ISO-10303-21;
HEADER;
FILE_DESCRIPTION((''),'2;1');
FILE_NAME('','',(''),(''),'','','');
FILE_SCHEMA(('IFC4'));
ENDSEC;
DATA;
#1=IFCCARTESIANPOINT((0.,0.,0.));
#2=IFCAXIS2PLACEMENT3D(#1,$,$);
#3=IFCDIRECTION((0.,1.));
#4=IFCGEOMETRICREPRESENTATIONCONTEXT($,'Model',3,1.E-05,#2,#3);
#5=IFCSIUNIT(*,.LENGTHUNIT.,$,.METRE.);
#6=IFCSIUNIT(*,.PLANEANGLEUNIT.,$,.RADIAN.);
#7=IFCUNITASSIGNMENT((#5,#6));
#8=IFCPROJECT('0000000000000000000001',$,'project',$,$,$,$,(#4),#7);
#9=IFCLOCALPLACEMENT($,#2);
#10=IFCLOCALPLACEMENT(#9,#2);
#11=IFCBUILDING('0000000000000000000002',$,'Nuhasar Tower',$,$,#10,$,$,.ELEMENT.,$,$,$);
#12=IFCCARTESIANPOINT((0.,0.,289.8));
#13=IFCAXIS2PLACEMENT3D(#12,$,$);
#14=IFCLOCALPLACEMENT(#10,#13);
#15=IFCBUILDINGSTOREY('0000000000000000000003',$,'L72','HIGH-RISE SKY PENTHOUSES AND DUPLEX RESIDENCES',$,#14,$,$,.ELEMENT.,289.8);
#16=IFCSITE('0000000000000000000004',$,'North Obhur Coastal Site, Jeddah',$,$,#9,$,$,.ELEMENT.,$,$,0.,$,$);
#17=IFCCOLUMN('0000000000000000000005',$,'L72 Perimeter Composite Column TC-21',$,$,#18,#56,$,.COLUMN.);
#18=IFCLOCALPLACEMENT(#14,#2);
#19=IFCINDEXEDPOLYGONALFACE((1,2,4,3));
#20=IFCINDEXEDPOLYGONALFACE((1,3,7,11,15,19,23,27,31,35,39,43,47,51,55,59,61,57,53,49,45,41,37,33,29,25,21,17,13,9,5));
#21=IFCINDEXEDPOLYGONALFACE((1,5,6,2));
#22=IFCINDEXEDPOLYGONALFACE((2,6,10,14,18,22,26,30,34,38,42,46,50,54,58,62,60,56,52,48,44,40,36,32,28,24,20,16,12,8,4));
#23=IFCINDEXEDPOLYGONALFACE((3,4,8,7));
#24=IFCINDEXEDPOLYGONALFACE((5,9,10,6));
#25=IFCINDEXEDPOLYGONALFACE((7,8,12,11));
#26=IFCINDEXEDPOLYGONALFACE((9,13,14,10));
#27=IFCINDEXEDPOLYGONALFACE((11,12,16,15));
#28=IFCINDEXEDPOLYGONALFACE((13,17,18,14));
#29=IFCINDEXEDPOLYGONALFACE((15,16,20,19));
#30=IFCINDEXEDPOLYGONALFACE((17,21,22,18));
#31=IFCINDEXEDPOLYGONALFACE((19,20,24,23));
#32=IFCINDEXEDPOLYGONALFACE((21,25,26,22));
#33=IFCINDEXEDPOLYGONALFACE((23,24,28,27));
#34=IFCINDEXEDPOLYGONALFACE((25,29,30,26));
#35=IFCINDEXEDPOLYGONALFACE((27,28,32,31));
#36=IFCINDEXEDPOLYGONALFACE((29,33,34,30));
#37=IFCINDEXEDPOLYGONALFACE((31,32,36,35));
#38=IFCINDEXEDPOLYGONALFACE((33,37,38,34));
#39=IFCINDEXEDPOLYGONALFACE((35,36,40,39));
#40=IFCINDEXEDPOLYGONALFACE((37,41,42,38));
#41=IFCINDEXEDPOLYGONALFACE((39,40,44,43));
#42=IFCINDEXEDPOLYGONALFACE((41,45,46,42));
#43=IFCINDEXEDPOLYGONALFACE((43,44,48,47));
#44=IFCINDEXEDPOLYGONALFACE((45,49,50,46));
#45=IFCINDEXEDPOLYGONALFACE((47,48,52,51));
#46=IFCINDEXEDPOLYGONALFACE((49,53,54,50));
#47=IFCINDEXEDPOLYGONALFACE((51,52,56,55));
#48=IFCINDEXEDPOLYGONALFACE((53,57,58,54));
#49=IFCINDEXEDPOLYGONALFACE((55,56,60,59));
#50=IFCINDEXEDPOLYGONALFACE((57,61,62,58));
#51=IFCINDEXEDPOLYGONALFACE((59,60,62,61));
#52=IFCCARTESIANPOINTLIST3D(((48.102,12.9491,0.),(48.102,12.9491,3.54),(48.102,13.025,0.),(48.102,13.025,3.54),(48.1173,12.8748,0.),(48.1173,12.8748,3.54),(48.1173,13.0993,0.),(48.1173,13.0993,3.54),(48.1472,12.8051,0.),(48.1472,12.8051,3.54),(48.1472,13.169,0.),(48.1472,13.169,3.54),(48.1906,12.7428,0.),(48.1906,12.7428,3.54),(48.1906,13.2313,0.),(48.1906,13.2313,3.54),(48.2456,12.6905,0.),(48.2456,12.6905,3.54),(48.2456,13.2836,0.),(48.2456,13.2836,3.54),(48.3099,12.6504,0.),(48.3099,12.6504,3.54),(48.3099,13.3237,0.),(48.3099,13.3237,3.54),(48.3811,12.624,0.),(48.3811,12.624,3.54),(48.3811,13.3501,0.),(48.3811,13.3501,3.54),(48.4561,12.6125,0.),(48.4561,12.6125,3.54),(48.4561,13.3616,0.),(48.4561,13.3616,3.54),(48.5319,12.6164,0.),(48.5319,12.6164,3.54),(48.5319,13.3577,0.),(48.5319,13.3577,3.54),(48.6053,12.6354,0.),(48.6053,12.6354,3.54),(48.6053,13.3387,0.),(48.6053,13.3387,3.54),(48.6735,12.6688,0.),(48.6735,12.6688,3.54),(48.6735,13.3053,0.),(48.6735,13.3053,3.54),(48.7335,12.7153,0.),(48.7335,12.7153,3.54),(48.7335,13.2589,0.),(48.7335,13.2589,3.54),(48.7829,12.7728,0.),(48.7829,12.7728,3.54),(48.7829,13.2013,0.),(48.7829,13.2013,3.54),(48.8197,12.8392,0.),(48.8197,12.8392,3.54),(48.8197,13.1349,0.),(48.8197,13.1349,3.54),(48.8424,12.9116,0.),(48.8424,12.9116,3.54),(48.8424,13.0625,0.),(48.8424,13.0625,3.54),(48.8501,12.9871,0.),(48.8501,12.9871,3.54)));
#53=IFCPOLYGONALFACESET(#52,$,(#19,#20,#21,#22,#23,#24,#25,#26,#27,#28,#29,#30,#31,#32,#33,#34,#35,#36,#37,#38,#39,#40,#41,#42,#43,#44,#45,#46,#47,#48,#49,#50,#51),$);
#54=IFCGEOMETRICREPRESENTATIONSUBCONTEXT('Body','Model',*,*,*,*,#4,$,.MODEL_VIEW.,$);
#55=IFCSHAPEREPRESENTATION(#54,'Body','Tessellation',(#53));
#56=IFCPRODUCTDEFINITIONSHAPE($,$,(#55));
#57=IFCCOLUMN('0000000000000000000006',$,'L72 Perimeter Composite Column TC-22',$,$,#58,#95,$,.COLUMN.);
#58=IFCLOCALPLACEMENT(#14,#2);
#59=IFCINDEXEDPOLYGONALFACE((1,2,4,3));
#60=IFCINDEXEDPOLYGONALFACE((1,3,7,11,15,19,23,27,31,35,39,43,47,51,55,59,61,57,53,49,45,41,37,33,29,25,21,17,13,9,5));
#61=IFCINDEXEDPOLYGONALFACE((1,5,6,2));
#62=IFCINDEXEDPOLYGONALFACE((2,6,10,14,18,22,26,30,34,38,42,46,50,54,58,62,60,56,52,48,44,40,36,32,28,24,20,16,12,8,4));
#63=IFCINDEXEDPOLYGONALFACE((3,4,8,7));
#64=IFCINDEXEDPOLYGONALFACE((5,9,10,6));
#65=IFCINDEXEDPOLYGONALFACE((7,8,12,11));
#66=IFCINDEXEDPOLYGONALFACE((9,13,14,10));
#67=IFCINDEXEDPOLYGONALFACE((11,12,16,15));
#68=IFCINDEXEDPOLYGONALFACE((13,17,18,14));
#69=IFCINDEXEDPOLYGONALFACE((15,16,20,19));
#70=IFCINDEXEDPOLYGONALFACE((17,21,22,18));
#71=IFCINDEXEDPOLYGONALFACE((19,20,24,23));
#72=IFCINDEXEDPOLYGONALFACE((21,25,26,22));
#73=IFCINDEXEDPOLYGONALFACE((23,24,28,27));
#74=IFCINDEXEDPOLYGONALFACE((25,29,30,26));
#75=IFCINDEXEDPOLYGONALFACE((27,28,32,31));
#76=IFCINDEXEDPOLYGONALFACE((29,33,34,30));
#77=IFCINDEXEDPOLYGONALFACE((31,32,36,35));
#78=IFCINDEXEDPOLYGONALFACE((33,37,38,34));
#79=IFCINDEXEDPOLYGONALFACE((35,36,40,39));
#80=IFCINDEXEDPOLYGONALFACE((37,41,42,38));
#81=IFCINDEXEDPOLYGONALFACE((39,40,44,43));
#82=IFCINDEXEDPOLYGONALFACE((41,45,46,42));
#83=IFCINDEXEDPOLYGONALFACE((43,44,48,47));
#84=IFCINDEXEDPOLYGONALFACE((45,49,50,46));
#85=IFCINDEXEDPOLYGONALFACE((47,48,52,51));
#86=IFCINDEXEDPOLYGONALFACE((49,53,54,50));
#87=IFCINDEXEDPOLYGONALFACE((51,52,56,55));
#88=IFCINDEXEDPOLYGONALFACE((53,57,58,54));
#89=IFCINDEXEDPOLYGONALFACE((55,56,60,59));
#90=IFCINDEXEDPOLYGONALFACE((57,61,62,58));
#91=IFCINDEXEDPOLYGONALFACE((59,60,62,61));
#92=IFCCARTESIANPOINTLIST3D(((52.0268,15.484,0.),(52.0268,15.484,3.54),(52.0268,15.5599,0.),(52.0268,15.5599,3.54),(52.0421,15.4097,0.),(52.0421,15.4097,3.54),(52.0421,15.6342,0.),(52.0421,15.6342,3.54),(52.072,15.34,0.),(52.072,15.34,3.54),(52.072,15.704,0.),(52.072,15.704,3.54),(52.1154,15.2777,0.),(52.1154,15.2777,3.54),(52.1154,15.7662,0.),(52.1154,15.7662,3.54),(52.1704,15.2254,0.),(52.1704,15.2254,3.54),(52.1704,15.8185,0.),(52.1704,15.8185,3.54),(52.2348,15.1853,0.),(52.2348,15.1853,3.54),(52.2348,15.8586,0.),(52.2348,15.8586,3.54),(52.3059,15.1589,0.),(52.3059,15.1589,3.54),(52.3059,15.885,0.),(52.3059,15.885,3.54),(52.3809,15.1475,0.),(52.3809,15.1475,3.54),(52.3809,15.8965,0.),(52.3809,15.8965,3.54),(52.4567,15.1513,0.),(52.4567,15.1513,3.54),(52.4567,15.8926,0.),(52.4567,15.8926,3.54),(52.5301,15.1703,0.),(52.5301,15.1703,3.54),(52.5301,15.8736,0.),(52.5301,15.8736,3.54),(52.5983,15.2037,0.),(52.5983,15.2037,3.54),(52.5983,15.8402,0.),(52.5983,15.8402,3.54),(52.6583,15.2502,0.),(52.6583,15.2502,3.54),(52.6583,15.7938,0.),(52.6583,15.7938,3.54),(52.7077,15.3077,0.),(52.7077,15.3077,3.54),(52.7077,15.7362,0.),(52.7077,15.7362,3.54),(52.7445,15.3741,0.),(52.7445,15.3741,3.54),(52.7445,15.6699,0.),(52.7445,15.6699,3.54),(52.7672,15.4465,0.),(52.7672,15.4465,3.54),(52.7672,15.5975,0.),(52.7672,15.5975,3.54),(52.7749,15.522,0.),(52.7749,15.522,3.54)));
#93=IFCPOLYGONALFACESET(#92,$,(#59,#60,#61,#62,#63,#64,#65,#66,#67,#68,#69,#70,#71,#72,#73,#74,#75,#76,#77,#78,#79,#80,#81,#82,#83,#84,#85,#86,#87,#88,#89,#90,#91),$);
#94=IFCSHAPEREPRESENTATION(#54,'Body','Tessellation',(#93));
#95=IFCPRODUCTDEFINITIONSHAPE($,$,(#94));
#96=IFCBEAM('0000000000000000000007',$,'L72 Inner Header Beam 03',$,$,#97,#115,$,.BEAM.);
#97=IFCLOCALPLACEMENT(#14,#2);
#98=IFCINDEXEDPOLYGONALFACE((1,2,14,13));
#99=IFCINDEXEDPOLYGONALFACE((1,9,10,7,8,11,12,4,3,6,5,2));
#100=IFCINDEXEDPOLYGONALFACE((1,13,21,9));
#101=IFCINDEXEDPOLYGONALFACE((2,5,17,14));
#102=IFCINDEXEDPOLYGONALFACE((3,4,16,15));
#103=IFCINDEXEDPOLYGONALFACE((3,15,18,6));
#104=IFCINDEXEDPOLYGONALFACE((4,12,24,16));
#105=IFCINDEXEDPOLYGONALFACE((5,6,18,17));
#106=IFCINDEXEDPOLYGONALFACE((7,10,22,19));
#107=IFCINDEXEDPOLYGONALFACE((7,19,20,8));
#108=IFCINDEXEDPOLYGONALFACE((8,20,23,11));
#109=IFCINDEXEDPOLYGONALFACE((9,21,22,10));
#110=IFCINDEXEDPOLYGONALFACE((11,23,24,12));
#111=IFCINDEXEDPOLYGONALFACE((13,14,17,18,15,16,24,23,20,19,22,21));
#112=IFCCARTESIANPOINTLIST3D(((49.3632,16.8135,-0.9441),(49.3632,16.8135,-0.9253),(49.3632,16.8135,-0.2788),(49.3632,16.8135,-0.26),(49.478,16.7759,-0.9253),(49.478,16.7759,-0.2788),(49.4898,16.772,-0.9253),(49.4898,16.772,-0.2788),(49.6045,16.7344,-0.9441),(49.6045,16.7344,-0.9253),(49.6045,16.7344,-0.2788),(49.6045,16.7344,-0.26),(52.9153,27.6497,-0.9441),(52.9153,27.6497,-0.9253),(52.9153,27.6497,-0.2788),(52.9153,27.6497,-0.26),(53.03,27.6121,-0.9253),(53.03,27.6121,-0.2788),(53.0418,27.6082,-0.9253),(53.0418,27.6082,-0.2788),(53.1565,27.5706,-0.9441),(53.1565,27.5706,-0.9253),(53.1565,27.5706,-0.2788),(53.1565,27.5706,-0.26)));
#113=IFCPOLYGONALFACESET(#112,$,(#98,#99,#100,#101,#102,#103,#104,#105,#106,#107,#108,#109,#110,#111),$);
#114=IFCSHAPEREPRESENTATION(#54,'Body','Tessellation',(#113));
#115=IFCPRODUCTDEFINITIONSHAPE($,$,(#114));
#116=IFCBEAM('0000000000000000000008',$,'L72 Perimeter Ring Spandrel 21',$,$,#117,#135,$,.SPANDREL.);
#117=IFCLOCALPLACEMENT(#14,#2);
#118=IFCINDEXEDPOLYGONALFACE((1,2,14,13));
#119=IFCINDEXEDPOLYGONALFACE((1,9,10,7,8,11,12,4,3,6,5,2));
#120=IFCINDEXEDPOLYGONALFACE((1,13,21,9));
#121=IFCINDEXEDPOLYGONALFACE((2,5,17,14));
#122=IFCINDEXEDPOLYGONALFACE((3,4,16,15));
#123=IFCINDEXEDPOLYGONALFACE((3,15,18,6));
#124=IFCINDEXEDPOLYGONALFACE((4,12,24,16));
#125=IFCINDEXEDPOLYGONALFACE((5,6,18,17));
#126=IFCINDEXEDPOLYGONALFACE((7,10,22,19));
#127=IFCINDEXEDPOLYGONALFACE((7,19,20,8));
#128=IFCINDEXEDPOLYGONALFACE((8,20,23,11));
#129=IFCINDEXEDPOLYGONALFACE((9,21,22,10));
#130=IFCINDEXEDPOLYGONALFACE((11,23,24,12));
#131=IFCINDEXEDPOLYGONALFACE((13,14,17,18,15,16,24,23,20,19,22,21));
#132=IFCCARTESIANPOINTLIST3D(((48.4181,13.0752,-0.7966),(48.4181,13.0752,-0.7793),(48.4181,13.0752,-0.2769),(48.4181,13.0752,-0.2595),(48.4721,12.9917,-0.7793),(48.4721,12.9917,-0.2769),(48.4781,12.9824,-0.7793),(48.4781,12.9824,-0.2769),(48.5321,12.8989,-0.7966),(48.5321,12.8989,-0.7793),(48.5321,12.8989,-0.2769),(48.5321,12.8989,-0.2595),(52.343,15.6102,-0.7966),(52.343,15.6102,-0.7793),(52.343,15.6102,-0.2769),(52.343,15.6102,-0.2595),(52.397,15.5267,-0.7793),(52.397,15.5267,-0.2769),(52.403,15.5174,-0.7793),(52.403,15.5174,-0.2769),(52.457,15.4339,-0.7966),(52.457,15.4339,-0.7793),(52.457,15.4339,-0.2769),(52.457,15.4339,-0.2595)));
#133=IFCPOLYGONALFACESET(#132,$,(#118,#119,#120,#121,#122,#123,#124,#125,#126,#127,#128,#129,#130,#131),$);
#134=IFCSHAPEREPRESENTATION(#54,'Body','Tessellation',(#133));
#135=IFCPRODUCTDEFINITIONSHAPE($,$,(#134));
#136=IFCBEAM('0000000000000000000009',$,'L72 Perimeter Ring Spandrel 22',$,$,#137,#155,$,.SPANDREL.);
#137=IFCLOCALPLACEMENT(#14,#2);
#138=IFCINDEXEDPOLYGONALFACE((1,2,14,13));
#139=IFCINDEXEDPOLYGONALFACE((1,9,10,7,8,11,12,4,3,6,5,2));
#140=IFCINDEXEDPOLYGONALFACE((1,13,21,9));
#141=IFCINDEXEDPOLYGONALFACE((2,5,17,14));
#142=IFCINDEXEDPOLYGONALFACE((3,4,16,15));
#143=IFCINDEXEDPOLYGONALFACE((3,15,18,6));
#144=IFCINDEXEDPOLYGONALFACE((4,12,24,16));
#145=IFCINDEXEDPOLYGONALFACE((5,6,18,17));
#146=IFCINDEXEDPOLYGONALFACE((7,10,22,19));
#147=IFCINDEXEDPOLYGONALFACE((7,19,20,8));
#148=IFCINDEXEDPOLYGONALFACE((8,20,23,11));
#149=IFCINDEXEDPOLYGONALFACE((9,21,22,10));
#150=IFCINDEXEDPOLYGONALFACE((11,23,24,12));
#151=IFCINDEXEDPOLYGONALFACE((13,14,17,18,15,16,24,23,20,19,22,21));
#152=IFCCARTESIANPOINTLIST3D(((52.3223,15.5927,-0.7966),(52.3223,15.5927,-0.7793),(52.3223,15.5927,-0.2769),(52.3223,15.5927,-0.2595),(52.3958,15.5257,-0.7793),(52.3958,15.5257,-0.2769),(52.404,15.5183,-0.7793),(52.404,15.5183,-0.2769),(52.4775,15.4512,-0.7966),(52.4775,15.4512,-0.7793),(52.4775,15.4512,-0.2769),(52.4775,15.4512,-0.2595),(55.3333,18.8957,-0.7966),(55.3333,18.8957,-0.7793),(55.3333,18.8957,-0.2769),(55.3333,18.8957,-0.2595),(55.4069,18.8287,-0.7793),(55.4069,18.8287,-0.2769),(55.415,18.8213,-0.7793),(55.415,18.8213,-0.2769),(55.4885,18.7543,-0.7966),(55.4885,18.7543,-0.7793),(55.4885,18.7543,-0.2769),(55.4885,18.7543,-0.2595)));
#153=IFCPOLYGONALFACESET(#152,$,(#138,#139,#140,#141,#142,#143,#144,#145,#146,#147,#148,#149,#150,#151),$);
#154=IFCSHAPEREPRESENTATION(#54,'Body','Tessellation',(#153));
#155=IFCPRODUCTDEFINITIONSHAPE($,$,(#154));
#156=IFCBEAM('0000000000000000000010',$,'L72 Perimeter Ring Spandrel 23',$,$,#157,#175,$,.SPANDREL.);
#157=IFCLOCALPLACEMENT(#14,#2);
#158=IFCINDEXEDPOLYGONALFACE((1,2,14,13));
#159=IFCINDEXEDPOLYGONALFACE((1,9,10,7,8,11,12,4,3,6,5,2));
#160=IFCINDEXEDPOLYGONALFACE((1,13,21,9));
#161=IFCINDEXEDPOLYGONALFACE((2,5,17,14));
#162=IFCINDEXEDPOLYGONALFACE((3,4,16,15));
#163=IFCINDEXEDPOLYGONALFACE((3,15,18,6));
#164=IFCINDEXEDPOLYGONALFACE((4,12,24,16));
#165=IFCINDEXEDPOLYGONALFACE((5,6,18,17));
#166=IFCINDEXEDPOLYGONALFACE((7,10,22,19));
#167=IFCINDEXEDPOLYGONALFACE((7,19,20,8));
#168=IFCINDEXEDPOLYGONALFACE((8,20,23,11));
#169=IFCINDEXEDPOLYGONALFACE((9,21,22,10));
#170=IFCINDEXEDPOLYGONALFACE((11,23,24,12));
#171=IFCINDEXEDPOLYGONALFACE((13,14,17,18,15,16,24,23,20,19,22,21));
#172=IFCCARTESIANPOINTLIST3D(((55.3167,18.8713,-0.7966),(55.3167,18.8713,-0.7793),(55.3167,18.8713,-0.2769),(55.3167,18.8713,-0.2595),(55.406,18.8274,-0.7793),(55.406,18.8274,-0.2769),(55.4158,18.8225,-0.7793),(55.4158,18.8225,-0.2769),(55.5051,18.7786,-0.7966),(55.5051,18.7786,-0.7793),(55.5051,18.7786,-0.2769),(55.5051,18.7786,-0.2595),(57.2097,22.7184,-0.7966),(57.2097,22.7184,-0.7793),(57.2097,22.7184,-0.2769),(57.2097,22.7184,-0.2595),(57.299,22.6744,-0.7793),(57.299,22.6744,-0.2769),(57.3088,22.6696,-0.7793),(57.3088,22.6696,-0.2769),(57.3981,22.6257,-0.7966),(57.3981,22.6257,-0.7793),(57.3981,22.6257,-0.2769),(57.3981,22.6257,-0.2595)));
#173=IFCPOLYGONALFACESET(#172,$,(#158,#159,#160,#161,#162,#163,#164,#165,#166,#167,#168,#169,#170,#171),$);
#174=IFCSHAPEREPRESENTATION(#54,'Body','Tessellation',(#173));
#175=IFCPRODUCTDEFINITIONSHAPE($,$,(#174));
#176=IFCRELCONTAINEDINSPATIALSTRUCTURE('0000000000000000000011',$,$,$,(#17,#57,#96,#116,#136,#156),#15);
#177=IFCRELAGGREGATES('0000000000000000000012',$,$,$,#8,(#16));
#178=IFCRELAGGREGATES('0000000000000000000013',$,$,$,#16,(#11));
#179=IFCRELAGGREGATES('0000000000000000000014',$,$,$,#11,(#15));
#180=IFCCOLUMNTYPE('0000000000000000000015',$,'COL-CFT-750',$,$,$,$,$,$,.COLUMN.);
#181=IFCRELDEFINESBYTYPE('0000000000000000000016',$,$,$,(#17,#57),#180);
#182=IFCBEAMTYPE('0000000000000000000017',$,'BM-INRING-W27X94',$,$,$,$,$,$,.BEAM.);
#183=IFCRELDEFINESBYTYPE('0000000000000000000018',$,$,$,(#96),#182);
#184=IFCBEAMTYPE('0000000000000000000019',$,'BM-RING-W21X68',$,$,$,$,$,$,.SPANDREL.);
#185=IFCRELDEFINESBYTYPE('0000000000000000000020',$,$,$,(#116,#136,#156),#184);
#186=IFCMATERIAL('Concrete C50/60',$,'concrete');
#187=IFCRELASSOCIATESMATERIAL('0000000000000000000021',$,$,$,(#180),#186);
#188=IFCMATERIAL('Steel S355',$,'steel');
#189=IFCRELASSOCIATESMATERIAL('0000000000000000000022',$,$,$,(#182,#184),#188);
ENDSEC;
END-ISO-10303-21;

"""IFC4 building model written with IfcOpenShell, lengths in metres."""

from ifc_helpers import new_model, si_unit, direction, frame, origin, origin_2d, place, context, subcontext, project, spatial, circle, i_section, extrude, material, material_profile, profile_set, type_object, element, save


model = new_model("IFC4")

# Units and contexts
model_context = context("Model", 3, precision=1e-05, world=origin(), true_north=direction((0.0, 1.0)))
body_context = subcontext(model_context, "Body", "Model", "MODEL_VIEW")
ifc_project = project(units=[si_unit("LENGTHUNIT", "METRE"), si_unit("PLANEANGLEUNIT", "RADIAN")], contexts=[model_context])

# Site, building, storey
site_placement = place(None, origin())
site = spatial("IfcSite", under=ifc_project, at=site_placement, Name="North Obhur Coastal Site, Jeddah", CompositionType="ELEMENT", RefElevation=0.0)
building_placement = place(site_placement, origin())
building = spatial("IfcBuilding", under=site, at=building_placement, Name="Nuhasar Tower", CompositionType="ELEMENT")
storey_placement = place(building_placement, frame((0.0, 0.0, 289.8)))
storey = spatial("IfcBuildingStorey", under=building, at=storey_placement, Name="L72", Description="HIGH-RISE SKY PENTHOUSES AND DUPLEX RESIDENCES", CompositionType="ELEMENT", Elevation=289.8)

# Columns
ifc_material_1 = material(Name="Concrete C50/60", Category="concrete")
ifc_material_profile_1 = material_profile(ifc_material_1, circle(Radius=0.375, at=origin_2d()), Name="CFT750")
ifc_profile_set_1 = profile_set([ifc_material_profile_1], Name="Concrete C50/60")
column_type = type_object("IfcColumnType", Name="COL-CFT-750", PredefinedType="COLUMN", material=ifc_profile_set_1)
for number, where, z_axis, x_axis, name in (
    (1, (48.4751, 12.9871, 0.0), (0.0, 0.0, 1.0), (1.0, 0.0, 0.0), "L72 Perimeter Composite Column TC-21"),
    (2, (52.3999, 15.522, 0.0), (0.0, 0.0, 1.0), (1.0, 0.0, 0.0), "L72 Perimeter Composite Column TC-22"),
):
    element("IfcColumn", number, at=place(storey_placement, frame(where, z_axis=z_axis, x_axis=x_axis)), inside=storey, type_object=column_type, Name=name, PredefinedType="COLUMN", context=body_context, shape_type="SweptSolid", body=[
        extrude(circle(Radius=0.375, at=origin_2d()), origin(), (0.0, 0.0, 1.0), 3.54),
    ])

# Beams
ifc_material_2 = material(Name="Steel S355", Category="steel")
ifc_material_profile_2 = material_profile(ifc_material_2, i_section(OverallWidth=0.2539, OverallDepth=0.6841, WebThickness=0.0125, FlangeThickness=0.0188, at=origin_2d()), Name="W27X94")
ifc_profile_set_2 = profile_set([ifc_material_profile_2], Name="Steel S355")
beam_type_1 = type_object("IfcBeamType", Name="BM-INRING-W27X94", PredefinedType="BEAM", material=ifc_profile_set_2)
beam_1_placement = place(storey_placement, frame((49.4839, 16.7739, -0.6021), z_axis=(0.311484, 0.950251, 0.0), x_axis=(-0.950251, 0.311484, 0.0)))
element("IfcBeam", 3, at=beam_1_placement, inside=storey, type_object=beam_type_1, Name="L72 Inner Header Beam 03", PredefinedType="BEAM", context=body_context, shape_type="SweptSolid", body=[
    extrude(i_section(OverallWidth=0.2539, OverallDepth=0.6841, WebThickness=0.0125, FlangeThickness=0.0188, at=origin_2d()), origin(), (0.0, 0.0, 1.0), 11.4036),
])
ifc_material_profile_3 = material_profile(ifc_material_2, i_section(OverallWidth=0.21, OverallDepth=0.5371, WebThickness=0.011, FlangeThickness=0.0173, at=origin_2d()), Name="W21X68")
ifc_profile_set_3 = profile_set([ifc_material_profile_3], Name="Steel S355")
beam_type_2 = type_object("IfcBeamType", Name="BM-RING-W21X68", PredefinedType="SPANDREL", material=ifc_profile_set_3)
beam_2_placement = place(storey_placement, frame((48.4751, 12.9871, -0.5281), z_axis=(0.840025, 0.542547, 0.0), x_axis=(-0.542547, 0.840025, 0.0)))
element("IfcBeam", 4, at=beam_2_placement, inside=storey, type_object=beam_type_2, Name="L72 Perimeter Ring Spandrel 21", PredefinedType="SPANDREL", context=body_context, shape_type="SweptSolid", body=[
    extrude(i_section(OverallWidth=0.21, OverallDepth=0.5371, WebThickness=0.011, FlangeThickness=0.0173, at=origin_2d()), origin(), (0.0, 0.0, 1.0), 4.6724),
])
beam_3_placement = place(storey_placement, frame((52.3999, 15.522, -0.5281), z_axis=(0.673686, 0.739017, 0.0), x_axis=(-0.739017, 0.673686, 0.0)))
element("IfcBeam", 5, at=beam_3_placement, inside=storey, type_object=beam_type_2, Name="L72 Perimeter Ring Spandrel 22", PredefinedType="SPANDREL", context=body_context, shape_type="SweptSolid", body=[
    extrude(i_section(OverallWidth=0.21, OverallDepth=0.5371, WebThickness=0.011, FlangeThickness=0.0173, at=origin_2d()), origin(), (0.0, 0.0, 1.0), 4.4695),
])
beam_4_placement = place(storey_placement, frame((55.4109, 18.825, -0.5281), z_axis=(0.441511, 0.897256, 0.0), x_axis=(-0.897256, 0.441511, 0.0)))
element("IfcBeam", 6, at=beam_4_placement, inside=storey, type_object=beam_type_2, Name="L72 Perimeter Ring Spandrel 23", PredefinedType="SPANDREL", context=body_context, shape_type="SweptSolid", body=[
    extrude(i_section(OverallWidth=0.21, OverallDepth=0.5371, WebThickness=0.011, FlangeThickness=0.0173, at=origin_2d()), origin(), (0.0, 0.0, 1.0), 4.2876),
])

save(model, "model.ifc")
